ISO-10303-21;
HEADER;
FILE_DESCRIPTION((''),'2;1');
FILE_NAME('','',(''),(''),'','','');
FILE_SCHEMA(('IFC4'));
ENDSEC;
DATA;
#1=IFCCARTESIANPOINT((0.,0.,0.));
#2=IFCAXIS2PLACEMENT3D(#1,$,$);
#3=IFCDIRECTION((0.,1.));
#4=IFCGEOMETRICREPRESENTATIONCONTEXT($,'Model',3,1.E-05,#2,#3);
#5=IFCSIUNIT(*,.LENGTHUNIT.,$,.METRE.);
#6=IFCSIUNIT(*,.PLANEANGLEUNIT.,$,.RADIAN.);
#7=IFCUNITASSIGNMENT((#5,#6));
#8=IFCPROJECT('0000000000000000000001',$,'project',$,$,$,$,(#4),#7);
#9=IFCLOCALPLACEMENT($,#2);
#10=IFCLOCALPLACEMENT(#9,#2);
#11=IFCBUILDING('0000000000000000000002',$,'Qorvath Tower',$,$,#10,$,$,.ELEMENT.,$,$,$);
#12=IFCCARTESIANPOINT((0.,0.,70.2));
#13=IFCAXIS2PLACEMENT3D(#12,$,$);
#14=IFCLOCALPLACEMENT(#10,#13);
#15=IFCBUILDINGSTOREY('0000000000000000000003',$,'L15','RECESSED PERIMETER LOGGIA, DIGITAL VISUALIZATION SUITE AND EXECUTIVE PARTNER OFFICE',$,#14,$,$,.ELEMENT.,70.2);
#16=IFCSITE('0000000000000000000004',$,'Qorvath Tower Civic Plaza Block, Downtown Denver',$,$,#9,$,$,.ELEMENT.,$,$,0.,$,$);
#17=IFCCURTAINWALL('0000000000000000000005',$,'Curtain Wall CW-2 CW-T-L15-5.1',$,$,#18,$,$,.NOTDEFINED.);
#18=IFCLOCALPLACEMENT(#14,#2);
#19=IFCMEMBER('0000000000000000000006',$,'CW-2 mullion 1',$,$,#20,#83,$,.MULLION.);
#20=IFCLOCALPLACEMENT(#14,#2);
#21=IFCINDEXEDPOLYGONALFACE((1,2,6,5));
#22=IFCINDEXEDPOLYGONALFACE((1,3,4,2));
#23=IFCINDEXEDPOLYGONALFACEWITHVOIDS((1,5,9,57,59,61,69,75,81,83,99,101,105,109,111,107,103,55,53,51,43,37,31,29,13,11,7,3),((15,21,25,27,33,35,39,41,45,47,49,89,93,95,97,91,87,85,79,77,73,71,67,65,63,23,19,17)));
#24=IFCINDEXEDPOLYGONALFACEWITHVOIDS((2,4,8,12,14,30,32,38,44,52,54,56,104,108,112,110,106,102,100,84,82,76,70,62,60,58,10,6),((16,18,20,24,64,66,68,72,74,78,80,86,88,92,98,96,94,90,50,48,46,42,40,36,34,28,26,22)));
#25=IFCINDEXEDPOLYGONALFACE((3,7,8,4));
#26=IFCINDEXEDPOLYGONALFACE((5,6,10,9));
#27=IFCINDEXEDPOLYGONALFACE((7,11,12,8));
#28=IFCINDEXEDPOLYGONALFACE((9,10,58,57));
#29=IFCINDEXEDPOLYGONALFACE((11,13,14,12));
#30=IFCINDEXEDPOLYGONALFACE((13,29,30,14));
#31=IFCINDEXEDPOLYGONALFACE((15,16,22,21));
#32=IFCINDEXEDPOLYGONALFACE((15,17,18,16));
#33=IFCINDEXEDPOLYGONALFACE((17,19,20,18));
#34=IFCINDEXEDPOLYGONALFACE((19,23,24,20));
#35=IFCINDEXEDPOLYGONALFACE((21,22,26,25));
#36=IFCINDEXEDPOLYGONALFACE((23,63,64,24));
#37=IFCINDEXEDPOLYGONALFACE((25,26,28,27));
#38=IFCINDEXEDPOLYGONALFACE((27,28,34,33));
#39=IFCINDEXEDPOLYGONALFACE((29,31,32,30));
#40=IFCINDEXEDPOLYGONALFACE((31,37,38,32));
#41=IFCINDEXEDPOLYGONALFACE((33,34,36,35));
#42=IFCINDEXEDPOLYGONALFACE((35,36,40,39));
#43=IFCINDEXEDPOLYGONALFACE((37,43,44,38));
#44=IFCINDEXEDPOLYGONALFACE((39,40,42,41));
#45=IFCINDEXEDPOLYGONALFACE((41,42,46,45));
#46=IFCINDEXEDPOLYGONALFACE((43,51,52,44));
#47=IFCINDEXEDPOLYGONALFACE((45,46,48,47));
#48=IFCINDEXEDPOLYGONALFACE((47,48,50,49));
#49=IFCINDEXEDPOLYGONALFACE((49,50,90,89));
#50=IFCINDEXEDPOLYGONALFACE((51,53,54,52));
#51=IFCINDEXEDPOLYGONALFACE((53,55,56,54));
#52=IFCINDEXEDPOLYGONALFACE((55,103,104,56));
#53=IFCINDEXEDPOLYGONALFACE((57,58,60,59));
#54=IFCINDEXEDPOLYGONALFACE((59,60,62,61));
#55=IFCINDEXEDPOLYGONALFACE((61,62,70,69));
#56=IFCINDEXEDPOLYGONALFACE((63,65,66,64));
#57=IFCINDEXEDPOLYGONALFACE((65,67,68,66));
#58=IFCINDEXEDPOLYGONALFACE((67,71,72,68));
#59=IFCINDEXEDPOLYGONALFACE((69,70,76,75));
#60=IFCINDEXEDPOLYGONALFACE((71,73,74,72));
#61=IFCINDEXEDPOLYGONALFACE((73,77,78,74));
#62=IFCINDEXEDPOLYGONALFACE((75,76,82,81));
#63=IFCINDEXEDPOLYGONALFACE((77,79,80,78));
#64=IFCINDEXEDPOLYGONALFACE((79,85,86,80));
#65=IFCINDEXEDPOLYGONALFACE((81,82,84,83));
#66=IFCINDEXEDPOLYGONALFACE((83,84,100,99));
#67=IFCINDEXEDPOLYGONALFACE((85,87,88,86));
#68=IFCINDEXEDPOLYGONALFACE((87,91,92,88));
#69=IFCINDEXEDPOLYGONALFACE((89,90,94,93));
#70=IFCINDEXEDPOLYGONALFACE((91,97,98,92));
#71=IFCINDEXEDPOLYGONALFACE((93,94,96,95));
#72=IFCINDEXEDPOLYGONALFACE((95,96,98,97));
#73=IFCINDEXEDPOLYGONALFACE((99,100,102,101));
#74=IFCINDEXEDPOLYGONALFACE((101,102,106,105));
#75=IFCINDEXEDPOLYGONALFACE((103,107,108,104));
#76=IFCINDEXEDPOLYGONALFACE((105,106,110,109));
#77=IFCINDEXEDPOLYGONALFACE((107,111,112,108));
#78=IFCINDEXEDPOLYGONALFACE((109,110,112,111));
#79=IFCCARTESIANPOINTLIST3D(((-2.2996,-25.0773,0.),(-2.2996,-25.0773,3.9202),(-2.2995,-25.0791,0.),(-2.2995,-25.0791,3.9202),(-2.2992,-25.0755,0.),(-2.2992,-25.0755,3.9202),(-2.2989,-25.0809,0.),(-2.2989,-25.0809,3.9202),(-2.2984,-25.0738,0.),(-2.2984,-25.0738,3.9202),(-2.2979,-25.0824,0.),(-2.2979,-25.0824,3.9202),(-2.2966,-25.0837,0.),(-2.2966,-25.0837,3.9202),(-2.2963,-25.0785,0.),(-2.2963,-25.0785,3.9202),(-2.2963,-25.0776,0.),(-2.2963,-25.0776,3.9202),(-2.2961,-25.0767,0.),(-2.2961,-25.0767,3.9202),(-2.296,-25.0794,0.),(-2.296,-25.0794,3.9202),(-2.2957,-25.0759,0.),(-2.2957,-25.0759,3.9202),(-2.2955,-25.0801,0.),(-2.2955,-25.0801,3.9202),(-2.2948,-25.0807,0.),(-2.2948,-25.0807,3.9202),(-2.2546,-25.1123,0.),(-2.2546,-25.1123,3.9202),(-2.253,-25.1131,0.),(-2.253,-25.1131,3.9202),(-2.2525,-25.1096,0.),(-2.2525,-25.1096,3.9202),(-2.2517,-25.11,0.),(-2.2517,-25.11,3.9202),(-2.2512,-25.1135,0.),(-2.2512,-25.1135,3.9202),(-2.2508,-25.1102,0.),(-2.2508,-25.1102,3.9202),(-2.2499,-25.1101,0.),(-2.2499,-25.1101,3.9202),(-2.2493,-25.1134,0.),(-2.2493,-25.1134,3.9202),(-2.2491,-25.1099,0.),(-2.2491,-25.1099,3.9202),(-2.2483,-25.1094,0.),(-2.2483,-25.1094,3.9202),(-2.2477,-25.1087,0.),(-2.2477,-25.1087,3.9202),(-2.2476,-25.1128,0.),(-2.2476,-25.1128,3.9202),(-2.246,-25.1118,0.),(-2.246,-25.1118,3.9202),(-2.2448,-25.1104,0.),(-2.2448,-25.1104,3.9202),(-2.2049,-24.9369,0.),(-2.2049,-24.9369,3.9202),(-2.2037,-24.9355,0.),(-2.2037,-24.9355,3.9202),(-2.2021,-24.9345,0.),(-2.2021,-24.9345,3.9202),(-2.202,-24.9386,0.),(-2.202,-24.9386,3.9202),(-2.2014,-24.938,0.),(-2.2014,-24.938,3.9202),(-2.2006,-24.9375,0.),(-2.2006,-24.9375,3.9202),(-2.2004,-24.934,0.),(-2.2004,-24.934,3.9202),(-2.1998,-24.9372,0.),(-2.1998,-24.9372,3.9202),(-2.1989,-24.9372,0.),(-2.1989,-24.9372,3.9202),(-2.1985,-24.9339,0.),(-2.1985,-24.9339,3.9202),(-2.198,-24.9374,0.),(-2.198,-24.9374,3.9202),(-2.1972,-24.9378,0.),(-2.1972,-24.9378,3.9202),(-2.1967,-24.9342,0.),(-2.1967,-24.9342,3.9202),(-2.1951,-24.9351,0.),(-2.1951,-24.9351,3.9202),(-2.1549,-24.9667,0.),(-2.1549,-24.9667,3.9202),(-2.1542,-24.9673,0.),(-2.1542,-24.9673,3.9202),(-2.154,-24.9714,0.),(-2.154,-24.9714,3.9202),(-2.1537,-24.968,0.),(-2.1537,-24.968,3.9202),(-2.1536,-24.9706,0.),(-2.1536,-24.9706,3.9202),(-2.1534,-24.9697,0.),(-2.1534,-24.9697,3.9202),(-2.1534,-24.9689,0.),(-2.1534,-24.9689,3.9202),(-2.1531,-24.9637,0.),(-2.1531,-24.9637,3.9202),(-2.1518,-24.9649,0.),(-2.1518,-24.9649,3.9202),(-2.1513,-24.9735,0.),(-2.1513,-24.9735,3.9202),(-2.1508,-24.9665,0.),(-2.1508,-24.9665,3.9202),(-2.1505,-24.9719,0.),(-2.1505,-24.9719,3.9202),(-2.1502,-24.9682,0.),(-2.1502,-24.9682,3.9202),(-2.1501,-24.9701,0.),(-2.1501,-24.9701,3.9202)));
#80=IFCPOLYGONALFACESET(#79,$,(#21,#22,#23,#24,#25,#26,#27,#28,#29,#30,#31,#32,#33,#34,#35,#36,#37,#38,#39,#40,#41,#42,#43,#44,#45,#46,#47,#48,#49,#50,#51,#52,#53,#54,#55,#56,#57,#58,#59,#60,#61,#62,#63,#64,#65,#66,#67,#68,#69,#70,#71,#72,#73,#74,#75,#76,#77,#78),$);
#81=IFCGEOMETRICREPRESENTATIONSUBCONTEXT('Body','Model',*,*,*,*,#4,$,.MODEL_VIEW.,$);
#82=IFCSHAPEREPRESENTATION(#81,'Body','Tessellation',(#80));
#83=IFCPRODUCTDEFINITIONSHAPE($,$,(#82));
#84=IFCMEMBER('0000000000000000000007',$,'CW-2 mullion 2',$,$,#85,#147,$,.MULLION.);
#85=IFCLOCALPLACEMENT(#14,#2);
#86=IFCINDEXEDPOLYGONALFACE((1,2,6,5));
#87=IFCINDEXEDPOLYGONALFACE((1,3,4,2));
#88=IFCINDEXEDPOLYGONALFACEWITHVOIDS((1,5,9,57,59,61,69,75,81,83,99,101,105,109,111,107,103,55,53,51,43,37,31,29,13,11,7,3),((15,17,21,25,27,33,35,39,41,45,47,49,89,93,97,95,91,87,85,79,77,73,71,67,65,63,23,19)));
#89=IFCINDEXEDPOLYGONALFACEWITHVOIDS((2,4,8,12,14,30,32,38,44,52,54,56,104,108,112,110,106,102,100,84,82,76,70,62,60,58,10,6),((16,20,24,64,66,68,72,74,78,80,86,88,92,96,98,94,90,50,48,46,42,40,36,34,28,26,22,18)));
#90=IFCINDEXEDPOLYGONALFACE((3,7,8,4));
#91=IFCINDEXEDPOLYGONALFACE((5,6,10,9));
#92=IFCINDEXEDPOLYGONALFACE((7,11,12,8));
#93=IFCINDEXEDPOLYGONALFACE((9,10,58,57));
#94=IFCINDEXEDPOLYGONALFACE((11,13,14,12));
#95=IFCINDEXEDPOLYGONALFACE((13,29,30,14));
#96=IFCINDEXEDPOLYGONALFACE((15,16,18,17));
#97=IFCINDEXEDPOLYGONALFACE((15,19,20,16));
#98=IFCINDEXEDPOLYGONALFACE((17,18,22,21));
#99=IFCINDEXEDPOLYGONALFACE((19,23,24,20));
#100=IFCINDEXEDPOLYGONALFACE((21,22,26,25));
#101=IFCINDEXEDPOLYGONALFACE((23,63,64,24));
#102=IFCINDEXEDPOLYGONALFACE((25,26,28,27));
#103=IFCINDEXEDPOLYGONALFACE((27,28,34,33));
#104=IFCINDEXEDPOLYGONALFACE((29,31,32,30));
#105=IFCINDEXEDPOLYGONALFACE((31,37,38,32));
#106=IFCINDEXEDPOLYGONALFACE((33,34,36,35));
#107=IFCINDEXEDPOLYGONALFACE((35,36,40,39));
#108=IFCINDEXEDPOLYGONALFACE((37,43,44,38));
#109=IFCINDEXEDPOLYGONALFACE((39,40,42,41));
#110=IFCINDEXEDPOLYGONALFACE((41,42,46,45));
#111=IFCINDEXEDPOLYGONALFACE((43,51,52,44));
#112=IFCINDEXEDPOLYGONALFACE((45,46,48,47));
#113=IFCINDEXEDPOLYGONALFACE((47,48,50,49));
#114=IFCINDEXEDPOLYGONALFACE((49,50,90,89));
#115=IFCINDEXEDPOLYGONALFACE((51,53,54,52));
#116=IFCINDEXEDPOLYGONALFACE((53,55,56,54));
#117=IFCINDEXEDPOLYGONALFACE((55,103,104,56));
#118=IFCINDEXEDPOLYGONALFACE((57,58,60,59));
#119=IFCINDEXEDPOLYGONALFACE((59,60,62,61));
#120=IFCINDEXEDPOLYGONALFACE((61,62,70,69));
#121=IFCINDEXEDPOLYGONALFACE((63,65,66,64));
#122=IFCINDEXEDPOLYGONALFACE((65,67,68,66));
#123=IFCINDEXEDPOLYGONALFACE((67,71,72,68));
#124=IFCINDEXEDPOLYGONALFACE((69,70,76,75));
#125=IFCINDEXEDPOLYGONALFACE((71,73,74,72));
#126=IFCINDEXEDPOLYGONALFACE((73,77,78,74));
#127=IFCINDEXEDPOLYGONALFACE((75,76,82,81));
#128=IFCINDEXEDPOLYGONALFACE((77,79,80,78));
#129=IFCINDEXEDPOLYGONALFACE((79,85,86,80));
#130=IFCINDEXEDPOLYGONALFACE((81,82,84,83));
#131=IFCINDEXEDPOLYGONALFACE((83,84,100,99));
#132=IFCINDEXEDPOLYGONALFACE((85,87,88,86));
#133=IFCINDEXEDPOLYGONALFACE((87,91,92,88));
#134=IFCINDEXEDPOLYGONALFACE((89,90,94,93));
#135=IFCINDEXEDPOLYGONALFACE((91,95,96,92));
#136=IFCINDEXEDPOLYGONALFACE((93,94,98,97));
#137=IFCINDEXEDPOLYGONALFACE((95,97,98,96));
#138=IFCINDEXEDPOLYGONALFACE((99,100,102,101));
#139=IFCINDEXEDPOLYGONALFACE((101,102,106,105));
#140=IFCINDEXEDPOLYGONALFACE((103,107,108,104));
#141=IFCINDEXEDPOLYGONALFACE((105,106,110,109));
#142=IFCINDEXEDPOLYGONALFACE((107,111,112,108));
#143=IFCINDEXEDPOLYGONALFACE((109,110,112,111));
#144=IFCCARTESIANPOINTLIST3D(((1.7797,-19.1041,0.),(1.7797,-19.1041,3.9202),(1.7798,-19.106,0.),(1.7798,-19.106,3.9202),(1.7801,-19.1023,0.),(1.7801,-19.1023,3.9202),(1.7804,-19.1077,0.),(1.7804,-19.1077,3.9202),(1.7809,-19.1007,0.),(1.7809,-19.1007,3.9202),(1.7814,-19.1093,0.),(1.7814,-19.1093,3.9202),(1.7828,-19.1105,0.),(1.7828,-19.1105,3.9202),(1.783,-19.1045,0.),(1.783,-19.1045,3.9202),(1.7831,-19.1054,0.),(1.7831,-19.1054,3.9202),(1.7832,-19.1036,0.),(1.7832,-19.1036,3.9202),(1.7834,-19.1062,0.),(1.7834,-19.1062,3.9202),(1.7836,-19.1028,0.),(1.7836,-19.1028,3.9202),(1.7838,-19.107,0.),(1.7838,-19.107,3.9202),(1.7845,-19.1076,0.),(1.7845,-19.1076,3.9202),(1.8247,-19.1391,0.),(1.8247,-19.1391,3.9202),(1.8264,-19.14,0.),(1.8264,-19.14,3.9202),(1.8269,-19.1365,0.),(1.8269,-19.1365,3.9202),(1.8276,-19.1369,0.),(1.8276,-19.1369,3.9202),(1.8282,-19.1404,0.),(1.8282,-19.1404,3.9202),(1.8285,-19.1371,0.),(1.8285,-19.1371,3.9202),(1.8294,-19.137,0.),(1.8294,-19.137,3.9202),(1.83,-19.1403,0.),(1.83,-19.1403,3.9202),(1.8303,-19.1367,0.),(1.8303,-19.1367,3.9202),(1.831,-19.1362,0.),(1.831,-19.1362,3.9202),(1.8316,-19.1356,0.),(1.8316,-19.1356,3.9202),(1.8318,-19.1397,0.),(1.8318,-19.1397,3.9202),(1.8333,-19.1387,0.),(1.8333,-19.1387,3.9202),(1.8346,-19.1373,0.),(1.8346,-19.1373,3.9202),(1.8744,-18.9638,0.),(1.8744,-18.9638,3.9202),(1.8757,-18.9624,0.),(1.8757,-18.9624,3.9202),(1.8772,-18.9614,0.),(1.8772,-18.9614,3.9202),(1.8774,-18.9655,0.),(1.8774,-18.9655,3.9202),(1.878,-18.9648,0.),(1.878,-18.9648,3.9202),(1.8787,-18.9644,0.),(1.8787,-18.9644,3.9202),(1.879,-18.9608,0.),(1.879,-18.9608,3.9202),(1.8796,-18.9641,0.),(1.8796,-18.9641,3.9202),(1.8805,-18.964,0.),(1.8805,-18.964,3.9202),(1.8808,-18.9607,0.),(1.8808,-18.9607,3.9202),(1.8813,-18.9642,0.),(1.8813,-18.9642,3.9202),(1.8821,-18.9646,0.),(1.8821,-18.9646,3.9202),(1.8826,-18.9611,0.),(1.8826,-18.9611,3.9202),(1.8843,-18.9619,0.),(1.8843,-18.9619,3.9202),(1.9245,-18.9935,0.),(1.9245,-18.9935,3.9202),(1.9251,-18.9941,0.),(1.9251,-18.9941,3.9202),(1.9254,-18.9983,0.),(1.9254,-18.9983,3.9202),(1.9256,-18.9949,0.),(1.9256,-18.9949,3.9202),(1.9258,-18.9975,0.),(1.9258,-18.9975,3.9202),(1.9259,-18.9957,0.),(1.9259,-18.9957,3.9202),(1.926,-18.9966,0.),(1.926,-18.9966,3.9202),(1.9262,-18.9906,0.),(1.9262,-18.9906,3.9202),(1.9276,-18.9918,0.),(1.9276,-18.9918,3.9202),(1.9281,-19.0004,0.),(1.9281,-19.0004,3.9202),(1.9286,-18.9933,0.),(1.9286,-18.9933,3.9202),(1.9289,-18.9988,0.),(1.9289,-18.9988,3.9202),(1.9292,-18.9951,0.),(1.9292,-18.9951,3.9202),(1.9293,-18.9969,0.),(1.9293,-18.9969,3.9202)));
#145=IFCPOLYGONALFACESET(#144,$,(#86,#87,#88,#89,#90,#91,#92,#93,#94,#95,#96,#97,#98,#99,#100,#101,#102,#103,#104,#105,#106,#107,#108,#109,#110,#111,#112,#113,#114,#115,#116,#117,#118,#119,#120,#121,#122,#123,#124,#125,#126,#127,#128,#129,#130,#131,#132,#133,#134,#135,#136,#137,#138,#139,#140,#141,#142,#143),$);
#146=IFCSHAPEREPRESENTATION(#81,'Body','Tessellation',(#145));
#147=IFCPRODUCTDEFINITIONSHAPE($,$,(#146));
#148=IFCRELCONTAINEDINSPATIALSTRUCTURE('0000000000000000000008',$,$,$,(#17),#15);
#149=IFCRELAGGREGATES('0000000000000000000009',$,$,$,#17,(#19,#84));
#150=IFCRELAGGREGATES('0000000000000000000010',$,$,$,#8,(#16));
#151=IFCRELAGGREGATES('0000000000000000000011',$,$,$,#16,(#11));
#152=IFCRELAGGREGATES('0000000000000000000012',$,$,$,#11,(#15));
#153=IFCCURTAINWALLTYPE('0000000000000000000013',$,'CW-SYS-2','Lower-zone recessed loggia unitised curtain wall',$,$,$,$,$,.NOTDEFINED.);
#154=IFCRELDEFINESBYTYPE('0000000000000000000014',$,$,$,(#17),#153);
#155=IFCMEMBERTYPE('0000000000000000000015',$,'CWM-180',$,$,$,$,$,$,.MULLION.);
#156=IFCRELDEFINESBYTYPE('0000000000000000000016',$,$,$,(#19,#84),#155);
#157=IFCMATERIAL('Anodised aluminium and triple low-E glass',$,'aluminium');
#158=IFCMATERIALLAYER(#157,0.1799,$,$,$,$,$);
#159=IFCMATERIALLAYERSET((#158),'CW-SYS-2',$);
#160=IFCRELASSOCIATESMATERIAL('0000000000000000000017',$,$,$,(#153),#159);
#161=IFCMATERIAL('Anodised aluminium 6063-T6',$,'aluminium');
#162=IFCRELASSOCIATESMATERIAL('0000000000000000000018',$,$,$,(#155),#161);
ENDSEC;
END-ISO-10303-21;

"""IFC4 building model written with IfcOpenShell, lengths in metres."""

from ifc_helpers import new_model, si_unit, direction, frame, origin, origin_2d, place, context, subcontext, project, spatial, hollow_rectangle, extrude, material, layer, layer_set, material_profile, profile_set, type_object, element, aggregate, save


model = new_model("IFC4")

# Units and contexts
model_context = context("Model", 3, precision=1e-05, world=origin(), true_north=direction((0.0, 1.0)))
body_context = subcontext(model_context, "Body", "Model", "MODEL_VIEW")
ifc_project = project(units=[si_unit("LENGTHUNIT", "METRE"), si_unit("PLANEANGLEUNIT", "RADIAN")], contexts=[model_context])

# Site, building, storey
site_placement = place(None, origin())
site = spatial("IfcSite", under=ifc_project, at=site_placement, Name="Qorvath Tower Civic Plaza Block, Downtown Denver", CompositionType="ELEMENT", RefElevation=0.0)
building_placement = place(site_placement, origin())
building = spatial("IfcBuilding", under=site, at=building_placement, Name="Qorvath Tower", CompositionType="ELEMENT")
storey_placement = place(building_placement, frame((0.0, 0.0, 70.2)))
storey = spatial("IfcBuildingStorey", under=building, at=storey_placement, Name="L15", Description="RECESSED PERIMETER LOGGIA, DIGITAL VISUALIZATION SUITE AND EXECUTIVE PARTNER OFFICE", CompositionType="ELEMENT", Elevation=70.2)

# Shared definitions
ifc_material_1 = material(Name="Anodised aluminium and triple low-E glass", Category="aluminium")
ifc_layer_1 = layer(ifc_material_1, 0.1799)
ifc_layer_set_1 = layer_set([ifc_layer_1], Name="CW-SYS-2")
curtain_wall_type = type_object("IfcCurtainWallType", Name="CW-SYS-2", Description="Lower-zone recessed loggia unitised curtain wall", PredefinedType="NOTDEFINED", material=ifc_layer_set_1)
ifc_material_2 = material(Name="Anodised aluminium 6063-T6", Category="aluminium")
ifc_material_profile_1 = material_profile(ifc_material_2, hollow_rectangle(XDim=0.0649, YDim=0.1799, WallThickness=0.0034, InnerFilletRadius=0.0034, OuterFilletRadius=0.0071, at=origin_2d()), Name="CWM 180x65")
ifc_profile_set_1 = profile_set([ifc_material_profile_1], Name="Anodised aluminium 6063-T6")
member_type_1 = type_object("IfcMemberType", Name="CWM-180", PredefinedType="MULLION", material=ifc_profile_set_1)

# Curtain wall, members
curtain_wall_1_placement = place(storey_placement, origin())
curtain_wall_1 = element("IfcCurtainWall", 1, at=curtain_wall_1_placement, inside=storey, type_object=curtain_wall_type, Name="Curtain Wall CW-2 CW-T-L15-5.1", PredefinedType="NOTDEFINED")
member_1_placement = place(storey_placement, frame((-2.2249, -25.0237, 0.0), z_axis=(0.0, 0.0, 1.0), x_axis=(-0.825792, 0.563974, 0.0)))
member_1 = element("IfcMember", 2, at=member_1_placement, type_object=member_type_1, Name="CW-2 mullion 1", PredefinedType="MULLION", context=body_context, shape_type="SweptSolid", body=[
    extrude(hollow_rectangle(XDim=0.0649, YDim=0.1799, WallThickness=0.0034, InnerFilletRadius=0.0034, OuterFilletRadius=0.0071, at=origin_2d()), origin(), (0.0, 0.0, 1.0), 3.9202),
])
member_2_placement = place(storey_placement, frame((1.8545, -19.0505, 0.0), z_axis=(0.0, 0.0, 1.0), x_axis=(-0.825792, 0.563974, 0.0)))
member_2 = element("IfcMember", 3, at=member_2_placement, type_object=member_type_1, Name="CW-2 mullion 2", PredefinedType="MULLION", context=body_context, shape_type="SweptSolid", body=[
    extrude(hollow_rectangle(XDim=0.0649, YDim=0.1799, WallThickness=0.0034, InnerFilletRadius=0.0034, OuterFilletRadius=0.0071, at=origin_2d()), origin(), (0.0, 0.0, 1.0), 3.9202),
])

aggregate(curtain_wall_1, [member_1, member_2])

save(model, "model.ifc")
